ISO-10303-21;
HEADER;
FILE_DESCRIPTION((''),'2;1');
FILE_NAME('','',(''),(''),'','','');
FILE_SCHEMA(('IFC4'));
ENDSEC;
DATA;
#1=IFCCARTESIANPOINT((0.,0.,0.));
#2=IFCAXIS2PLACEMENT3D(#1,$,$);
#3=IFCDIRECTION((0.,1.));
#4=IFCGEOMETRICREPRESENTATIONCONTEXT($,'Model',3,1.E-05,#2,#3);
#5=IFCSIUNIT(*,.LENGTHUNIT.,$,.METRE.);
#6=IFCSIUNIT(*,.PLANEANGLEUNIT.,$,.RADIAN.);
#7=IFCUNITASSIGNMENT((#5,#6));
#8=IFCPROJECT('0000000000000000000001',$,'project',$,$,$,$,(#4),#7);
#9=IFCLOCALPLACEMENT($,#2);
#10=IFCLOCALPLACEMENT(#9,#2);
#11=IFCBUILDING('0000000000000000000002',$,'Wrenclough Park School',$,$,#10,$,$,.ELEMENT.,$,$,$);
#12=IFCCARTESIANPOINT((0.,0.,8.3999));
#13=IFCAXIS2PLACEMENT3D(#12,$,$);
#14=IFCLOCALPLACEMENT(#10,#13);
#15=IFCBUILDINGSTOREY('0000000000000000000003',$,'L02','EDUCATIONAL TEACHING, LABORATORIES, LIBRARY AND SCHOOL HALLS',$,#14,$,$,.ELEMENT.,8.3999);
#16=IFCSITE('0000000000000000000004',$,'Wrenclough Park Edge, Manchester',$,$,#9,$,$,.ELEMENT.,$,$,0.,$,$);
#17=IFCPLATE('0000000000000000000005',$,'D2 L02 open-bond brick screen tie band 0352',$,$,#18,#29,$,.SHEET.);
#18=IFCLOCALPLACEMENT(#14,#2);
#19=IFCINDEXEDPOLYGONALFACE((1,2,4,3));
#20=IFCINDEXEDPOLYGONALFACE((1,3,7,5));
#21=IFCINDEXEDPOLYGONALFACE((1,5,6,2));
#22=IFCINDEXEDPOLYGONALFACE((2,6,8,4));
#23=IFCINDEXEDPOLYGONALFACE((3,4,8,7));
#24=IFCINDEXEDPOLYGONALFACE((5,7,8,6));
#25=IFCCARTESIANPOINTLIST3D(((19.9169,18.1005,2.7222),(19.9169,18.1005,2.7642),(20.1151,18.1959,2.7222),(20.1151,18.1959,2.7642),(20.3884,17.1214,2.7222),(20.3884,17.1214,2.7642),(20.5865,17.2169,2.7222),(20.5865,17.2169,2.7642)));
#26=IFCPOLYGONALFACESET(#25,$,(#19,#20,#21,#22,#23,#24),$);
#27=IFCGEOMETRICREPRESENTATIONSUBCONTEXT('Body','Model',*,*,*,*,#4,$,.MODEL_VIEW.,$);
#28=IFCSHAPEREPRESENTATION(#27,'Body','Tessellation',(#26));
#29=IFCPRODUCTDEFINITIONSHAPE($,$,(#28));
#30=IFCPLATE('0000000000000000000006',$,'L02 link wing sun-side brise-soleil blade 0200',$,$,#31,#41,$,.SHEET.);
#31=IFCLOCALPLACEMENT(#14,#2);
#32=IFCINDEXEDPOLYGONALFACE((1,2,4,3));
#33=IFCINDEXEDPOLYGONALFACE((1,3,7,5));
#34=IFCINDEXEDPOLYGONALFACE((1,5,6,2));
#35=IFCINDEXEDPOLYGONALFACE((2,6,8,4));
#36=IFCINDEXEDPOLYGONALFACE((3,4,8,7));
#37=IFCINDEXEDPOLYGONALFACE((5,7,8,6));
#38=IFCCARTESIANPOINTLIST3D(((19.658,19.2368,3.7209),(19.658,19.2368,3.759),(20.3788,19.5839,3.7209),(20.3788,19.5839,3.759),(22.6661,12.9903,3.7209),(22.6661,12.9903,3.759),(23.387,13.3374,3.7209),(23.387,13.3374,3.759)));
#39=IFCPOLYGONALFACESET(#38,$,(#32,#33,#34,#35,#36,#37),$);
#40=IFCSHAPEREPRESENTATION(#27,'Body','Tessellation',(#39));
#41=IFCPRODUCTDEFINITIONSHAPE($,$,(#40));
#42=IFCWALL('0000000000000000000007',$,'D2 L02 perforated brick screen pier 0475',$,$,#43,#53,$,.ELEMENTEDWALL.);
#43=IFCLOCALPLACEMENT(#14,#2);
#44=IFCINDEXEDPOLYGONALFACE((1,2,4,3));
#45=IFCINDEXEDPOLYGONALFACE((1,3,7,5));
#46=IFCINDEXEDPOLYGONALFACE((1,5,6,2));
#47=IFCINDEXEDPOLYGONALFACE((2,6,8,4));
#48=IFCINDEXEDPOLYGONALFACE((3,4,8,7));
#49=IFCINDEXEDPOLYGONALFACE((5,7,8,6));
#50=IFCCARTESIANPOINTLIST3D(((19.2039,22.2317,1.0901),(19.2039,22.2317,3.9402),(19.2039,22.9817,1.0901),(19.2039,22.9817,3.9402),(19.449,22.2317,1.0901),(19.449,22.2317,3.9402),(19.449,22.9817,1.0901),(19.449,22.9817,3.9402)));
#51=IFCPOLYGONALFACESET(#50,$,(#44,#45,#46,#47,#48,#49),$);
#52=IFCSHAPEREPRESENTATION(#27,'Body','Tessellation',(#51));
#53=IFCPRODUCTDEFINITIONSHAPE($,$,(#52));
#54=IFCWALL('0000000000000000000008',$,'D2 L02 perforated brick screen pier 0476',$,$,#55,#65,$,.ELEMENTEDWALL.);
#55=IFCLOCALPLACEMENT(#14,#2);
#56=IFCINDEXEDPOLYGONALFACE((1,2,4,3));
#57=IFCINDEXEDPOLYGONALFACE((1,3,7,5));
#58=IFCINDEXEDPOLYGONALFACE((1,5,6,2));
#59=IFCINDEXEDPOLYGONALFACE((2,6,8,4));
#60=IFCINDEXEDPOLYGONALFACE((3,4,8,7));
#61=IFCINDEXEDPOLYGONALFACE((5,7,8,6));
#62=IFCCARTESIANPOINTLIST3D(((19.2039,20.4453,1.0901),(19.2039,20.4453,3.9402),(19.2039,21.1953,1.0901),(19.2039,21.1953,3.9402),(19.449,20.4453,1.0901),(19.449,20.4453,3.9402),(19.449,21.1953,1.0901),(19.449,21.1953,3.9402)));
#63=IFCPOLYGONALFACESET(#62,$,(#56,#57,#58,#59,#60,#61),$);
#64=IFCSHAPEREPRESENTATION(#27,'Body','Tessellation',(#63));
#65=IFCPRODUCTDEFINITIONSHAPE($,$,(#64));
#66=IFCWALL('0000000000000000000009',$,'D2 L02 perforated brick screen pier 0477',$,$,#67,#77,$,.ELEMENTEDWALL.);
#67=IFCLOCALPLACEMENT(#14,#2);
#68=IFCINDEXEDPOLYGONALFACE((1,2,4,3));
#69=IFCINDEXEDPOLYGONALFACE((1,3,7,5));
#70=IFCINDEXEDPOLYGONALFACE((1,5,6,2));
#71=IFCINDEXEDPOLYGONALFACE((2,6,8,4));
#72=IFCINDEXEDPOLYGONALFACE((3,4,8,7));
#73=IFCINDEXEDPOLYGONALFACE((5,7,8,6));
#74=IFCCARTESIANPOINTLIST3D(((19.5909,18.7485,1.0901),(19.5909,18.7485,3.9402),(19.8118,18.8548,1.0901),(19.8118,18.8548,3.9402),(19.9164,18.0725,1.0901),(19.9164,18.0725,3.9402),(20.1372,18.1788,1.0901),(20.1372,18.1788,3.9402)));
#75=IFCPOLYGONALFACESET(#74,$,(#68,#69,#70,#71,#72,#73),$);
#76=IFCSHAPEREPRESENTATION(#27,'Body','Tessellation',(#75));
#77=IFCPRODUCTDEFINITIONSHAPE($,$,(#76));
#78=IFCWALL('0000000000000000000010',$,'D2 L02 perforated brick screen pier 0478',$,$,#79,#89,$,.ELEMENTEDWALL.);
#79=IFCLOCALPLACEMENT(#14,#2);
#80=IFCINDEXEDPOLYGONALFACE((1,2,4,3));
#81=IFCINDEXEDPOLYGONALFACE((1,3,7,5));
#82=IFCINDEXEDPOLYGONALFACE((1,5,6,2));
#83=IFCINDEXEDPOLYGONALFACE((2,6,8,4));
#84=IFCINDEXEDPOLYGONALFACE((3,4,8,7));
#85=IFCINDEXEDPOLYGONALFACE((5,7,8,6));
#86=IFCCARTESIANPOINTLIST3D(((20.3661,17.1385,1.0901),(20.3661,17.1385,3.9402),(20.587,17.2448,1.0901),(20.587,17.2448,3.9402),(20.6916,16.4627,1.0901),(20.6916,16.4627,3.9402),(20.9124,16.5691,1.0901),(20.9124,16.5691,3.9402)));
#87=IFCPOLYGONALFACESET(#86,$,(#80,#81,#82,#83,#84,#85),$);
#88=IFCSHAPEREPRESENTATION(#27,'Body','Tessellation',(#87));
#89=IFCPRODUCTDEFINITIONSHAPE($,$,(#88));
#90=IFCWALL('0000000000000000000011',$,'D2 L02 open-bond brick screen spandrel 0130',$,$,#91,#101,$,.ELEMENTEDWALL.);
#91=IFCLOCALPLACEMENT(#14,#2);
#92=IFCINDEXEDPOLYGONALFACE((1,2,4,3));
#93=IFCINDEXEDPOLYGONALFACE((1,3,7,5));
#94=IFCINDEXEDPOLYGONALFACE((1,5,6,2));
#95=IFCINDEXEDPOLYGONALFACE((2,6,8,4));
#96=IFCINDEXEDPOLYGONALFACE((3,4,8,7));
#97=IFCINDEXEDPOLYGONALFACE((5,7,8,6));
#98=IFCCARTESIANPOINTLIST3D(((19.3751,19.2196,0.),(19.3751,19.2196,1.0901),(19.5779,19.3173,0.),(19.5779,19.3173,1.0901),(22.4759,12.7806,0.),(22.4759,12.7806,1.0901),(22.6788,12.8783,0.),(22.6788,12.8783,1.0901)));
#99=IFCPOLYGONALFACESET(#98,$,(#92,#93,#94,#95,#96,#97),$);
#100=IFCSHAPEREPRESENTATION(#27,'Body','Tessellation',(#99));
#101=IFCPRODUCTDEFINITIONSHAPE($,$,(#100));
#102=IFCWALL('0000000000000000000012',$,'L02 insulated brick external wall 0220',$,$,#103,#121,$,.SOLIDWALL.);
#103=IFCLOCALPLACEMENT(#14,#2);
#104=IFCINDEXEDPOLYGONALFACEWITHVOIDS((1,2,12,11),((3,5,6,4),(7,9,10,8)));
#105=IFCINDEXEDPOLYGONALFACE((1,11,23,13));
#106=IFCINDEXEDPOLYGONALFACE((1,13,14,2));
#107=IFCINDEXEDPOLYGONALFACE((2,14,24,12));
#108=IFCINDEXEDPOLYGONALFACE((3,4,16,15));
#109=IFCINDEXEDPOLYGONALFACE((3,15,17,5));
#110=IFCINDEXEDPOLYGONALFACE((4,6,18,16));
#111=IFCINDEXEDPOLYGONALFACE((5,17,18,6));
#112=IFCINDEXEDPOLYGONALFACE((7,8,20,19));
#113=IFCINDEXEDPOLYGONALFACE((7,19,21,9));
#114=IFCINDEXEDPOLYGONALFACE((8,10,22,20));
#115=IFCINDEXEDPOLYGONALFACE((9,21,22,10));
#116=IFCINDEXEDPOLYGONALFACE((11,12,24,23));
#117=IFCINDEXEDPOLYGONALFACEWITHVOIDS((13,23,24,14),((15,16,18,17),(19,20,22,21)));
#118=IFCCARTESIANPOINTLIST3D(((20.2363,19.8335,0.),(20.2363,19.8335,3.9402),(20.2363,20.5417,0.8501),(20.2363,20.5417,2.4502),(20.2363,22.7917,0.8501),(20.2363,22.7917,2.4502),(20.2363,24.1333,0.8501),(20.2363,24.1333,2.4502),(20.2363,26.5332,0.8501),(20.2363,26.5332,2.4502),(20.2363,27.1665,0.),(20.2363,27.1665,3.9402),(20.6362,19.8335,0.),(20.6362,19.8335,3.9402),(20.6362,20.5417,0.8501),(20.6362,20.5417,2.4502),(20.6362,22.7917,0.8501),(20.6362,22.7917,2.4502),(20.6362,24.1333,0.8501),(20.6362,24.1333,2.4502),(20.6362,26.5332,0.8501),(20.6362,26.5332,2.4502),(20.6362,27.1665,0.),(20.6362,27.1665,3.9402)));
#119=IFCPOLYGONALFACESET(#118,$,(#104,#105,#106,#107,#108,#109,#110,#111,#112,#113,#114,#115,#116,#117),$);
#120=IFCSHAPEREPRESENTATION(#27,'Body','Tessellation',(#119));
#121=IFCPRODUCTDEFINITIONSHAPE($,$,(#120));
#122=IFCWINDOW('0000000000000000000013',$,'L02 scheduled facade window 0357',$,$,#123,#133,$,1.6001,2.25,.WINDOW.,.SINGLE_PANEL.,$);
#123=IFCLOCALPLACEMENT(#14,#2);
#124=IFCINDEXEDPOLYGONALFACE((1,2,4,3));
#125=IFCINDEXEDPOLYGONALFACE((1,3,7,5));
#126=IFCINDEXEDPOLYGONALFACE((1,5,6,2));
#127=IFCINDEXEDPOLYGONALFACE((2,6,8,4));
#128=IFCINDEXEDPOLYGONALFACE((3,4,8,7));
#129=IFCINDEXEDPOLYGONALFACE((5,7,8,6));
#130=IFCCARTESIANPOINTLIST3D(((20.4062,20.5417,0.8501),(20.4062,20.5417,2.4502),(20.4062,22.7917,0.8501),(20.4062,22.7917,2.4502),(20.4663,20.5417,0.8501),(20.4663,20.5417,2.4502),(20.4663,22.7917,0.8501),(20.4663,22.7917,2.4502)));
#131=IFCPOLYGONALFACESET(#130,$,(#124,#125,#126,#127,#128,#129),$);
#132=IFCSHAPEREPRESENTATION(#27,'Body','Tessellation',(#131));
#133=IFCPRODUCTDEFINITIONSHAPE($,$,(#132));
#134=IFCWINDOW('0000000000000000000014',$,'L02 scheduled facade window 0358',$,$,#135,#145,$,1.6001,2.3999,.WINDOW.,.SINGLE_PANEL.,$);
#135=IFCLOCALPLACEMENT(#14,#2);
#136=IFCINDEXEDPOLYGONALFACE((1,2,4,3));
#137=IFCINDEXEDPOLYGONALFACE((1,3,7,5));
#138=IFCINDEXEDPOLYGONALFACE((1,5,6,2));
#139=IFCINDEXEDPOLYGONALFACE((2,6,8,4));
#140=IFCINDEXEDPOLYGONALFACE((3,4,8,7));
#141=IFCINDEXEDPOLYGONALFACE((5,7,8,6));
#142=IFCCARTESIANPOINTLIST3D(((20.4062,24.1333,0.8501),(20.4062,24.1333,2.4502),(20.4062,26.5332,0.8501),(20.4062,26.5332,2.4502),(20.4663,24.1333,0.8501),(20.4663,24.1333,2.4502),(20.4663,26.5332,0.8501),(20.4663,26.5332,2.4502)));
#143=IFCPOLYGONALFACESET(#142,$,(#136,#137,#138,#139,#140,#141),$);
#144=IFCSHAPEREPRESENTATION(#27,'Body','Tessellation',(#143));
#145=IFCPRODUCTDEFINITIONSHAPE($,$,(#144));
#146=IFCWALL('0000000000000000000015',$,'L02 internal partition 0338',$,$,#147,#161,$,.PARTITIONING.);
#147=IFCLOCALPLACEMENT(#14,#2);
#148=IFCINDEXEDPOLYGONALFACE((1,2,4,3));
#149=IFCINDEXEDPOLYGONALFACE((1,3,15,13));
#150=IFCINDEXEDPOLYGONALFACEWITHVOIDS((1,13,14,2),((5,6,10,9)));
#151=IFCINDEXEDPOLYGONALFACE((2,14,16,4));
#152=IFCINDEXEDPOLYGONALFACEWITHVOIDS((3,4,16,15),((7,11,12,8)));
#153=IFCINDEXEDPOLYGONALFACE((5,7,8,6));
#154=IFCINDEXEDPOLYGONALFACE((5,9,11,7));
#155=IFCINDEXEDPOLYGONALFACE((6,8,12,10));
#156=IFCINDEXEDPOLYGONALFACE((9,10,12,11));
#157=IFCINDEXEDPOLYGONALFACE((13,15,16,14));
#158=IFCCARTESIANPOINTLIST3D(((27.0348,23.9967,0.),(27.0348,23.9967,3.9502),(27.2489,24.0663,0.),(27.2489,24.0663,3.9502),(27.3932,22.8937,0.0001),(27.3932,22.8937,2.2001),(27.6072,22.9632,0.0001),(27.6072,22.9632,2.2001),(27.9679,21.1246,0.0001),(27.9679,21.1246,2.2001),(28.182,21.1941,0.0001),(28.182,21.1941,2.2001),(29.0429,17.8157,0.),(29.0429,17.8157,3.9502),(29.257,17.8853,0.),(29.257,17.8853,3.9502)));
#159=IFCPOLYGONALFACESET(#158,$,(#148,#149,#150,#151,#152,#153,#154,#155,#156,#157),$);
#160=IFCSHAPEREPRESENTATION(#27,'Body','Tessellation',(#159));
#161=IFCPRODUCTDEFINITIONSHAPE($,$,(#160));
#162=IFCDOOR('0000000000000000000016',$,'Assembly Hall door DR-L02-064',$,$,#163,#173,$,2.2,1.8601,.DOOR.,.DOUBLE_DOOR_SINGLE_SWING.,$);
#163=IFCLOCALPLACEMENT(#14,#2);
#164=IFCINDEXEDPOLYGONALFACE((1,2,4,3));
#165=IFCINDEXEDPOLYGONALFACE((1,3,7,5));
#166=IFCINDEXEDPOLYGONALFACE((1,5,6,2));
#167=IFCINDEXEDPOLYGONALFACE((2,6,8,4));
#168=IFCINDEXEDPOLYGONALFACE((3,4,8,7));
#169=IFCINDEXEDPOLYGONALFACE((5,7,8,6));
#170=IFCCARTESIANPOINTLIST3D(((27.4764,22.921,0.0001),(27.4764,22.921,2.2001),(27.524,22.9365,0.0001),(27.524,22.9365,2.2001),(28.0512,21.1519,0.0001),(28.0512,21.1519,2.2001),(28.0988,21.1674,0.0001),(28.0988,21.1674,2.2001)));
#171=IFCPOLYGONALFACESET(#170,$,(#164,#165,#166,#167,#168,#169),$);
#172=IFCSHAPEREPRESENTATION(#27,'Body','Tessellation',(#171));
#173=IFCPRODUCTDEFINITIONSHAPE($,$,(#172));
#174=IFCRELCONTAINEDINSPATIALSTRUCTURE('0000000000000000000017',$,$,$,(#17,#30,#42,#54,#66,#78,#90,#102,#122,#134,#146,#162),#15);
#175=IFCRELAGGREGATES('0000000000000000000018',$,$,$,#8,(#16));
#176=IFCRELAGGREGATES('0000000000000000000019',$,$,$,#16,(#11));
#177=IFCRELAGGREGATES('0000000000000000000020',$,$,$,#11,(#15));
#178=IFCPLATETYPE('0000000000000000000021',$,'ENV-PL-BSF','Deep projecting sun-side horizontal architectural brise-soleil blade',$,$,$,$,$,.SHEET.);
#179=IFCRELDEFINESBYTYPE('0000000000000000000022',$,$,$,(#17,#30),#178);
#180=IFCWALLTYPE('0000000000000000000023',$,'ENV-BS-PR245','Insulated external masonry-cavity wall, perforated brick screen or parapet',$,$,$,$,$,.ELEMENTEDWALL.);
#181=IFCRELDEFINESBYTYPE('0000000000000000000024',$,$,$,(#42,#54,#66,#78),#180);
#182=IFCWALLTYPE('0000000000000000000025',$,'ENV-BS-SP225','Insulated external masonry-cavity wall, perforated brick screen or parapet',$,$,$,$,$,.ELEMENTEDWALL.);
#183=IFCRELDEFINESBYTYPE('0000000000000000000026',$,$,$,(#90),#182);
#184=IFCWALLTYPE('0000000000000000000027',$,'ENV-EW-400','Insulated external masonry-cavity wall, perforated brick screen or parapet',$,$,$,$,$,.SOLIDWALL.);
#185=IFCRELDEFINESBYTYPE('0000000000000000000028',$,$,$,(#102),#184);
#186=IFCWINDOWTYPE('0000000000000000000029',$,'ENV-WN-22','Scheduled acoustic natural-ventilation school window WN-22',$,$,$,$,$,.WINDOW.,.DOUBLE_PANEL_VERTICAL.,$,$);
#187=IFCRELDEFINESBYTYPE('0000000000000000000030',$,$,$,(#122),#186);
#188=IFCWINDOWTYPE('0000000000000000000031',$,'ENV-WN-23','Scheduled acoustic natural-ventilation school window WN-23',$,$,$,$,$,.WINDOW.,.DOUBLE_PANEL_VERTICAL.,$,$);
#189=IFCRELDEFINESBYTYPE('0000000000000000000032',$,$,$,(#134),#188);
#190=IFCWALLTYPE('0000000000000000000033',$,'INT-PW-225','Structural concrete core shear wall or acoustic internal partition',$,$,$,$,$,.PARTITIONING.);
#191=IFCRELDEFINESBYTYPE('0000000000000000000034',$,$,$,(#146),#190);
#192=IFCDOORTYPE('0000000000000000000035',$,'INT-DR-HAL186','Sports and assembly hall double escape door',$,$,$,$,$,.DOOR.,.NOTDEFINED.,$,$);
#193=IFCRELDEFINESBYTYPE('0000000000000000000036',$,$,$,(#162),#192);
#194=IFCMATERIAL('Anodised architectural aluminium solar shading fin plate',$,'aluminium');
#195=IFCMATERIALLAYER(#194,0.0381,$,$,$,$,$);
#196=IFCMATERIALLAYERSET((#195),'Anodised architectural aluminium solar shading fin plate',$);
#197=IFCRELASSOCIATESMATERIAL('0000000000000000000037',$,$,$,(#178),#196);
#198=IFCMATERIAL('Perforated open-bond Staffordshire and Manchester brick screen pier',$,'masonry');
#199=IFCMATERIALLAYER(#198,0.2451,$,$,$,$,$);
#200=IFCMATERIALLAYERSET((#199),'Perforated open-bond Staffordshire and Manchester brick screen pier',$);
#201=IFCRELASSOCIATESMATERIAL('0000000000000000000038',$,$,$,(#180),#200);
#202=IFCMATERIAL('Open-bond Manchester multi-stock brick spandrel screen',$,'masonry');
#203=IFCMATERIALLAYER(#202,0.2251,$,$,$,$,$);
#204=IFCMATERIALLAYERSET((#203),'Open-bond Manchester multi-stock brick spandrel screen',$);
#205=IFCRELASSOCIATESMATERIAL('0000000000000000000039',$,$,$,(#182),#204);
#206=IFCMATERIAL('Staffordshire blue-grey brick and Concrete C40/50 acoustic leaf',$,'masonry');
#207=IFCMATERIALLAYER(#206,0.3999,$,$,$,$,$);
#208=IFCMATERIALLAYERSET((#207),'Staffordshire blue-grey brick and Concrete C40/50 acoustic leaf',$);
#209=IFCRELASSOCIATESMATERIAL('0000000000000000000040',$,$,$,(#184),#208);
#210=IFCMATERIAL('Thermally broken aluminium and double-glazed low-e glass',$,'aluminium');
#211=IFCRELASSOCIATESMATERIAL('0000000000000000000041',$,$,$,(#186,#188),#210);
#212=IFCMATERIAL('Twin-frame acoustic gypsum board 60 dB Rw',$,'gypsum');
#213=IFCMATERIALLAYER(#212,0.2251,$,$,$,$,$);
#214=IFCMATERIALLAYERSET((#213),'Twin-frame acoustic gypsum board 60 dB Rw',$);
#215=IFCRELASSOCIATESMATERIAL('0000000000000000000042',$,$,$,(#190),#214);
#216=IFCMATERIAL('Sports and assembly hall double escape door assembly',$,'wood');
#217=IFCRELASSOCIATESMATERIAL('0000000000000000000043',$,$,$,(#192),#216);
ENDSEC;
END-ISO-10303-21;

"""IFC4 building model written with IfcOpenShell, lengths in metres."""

from ifc_helpers import new_model, si_unit, direction, frame, frame_2d, origin, origin_2d, place, context, subcontext, project, spatial, rectangle, extrude, material, layer, layer_set, type_object, element, fill, save


model = new_model("IFC4")

# Units and contexts
model_context = context("Model", 3, precision=1e-05, world=origin(), true_north=direction((0.0, 1.0)))
body_context = subcontext(model_context, "Body", "Model", "MODEL_VIEW")
ifc_project = project(units=[si_unit("LENGTHUNIT", "METRE"), si_unit("PLANEANGLEUNIT", "RADIAN")], contexts=[model_context])

# Site, building, storey
site_placement = place(None, origin())
site = spatial("IfcSite", under=ifc_project, at=site_placement, Name="Wrenclough Park Edge, Manchester", CompositionType="ELEMENT", RefElevation=0.0)
building_placement = place(site_placement, origin())
building = spatial("IfcBuilding", under=site, at=building_placement, Name="Wrenclough Park School", CompositionType="ELEMENT")
storey_placement = place(building_placement, frame((0.0, 0.0, 8.3999)))
storey = spatial("IfcBuildingStorey", under=building, at=storey_placement, Name="L02", Description="EDUCATIONAL TEACHING, LABORATORIES, LIBRARY AND SCHOOL HALLS", CompositionType="ELEMENT", Elevation=8.3999)

# Plates
ifc_material_1 = material(Name="Anodised architectural aluminium solar shading fin plate", Category="aluminium")
ifc_layer_1 = layer(ifc_material_1, 0.0381)
ifc_layer_set_1 = layer_set([ifc_layer_1], Name="Anodised architectural aluminium solar shading fin plate")
plate_type = type_object("IfcPlateType", Name="ENV-PL-BSF", Description="Deep projecting sun-side horizontal architectural brise-soleil blade", PredefinedType="SHEET", material=ifc_layer_set_1)
plate_1_placement = place(storey_placement, frame((20.2517, 17.6587, 2.7222), z_axis=(0.0, 0.0, 1.0), x_axis=(0.433883, -0.900969, 0.0)))
element("IfcPlate", 1, at=plate_1_placement, inside=storey, type_object=plate_type, Name="D2 L02 open-bond brick screen tie band 0352", PredefinedType="SHEET", context=body_context, shape_type="SweptSolid", body=[
    extrude(rectangle(XDim=1.0867, YDim=0.22, at=origin_2d()), origin(), (0.0, 0.0, 1.0), 0.042),
])
plate_2_placement = place(storey_placement, frame((21.5225, 16.2871, 3.7209), z_axis=(0.0, 0.0, 1.0), x_axis=(-0.433887, 0.900967, 0.0)))
element("IfcPlate", 2, at=plate_2_placement, inside=storey, type_object=plate_type, Name="L02 link wing sun-side brise-soleil blade 0200", PredefinedType="SHEET", context=body_context, shape_type="SweptSolid", body=[
    extrude(rectangle(XDim=6.9331, YDim=0.8, at=origin_2d()), origin(), (0.0, 0.0, 1.0), 0.0381),
])

# Walls
ifc_material_2 = material(Name="Perforated open-bond Staffordshire and Manchester brick screen pier", Category="masonry")
ifc_layer_2 = layer(ifc_material_2, 0.2451)
ifc_layer_set_2 = layer_set([ifc_layer_2], Name="Perforated open-bond Staffordshire and Manchester brick screen pier")
wall_type_1 = type_object("IfcWallType", Name="ENV-BS-PR245", Description="Insulated external masonry-cavity wall, perforated brick screen or parapet", PredefinedType="ELEMENTEDWALL", material=ifc_layer_set_2)
for number, where, z_axis, x_axis, name in (
    (3, (19.3264, 22.9817, 1.0901), (0.0, 0.0, 1.0), (0.0, -1.0, 0.0), "D2 L02 perforated brick screen pier 0475"),
    (4, (19.3264, 21.1953, 1.0901), (0.0, 0.0, 1.0), (0.0, -1.0, 0.0), "D2 L02 perforated brick screen pier 0476"),
):
    element("IfcWall", number, at=place(storey_placement, frame(where, z_axis=z_axis, x_axis=x_axis)), inside=storey, type_object=wall_type_1, Name=name, PredefinedType="ELEMENTEDWALL", context=body_context, shape_type="SweptSolid", body=[
        extrude(rectangle(XDim=0.75, YDim=0.2451, at=frame_2d((0.375, 0.0))), origin(), (0.0, 0.0, 1.0), 2.8501),
    ])
wall_1_placement = place(storey_placement, frame((19.7014, 18.8015, 1.0901), z_axis=(0.0, 0.0, 1.0), x_axis=(0.433757, -0.90103, 0.0)))
element("IfcWall", 5, at=wall_1_placement, inside=storey, type_object=wall_type_1, Name="D2 L02 perforated brick screen pier 0477", PredefinedType="ELEMENTEDWALL", context=body_context, shape_type="SweptSolid", body=[
    extrude(rectangle(XDim=0.7502, YDim=0.2451, at=frame_2d((0.375, 0.0))), origin(), (0.0, 0.0, 1.0), 2.8501),
])
wall_2_placement = place(storey_placement, frame((20.4766, 17.1917, 1.0901), z_axis=(0.0, 0.0, 1.0), x_axis=(0.433884, -0.900969, 0.0)))
element("IfcWall", 6, at=wall_2_placement, inside=storey, type_object=wall_type_1, Name="D2 L02 perforated brick screen pier 0478", PredefinedType="ELEMENTEDWALL", context=body_context, shape_type="SweptSolid", body=[
    extrude(rectangle(XDim=0.75, YDim=0.2451, at=frame_2d((0.375, 0.0))), origin(), (0.0, 0.0, 1.0), 2.8501),
])
ifc_material_3 = material(Name="Open-bond Manchester multi-stock brick spandrel screen", Category="masonry")
ifc_layer_3 = layer(ifc_material_3, 0.2251)
ifc_layer_set_3 = layer_set([ifc_layer_3], Name="Open-bond Manchester multi-stock brick spandrel screen")
wall_type_2 = type_object("IfcWallType", Name="ENV-BS-SP225", Description="Insulated external masonry-cavity wall, perforated brick screen or parapet", PredefinedType="ELEMENTEDWALL", material=ifc_layer_set_3)
wall_3_placement = place(storey_placement, frame((19.4766, 19.2683, 0.0), z_axis=(0.0, 0.0, 1.0), x_axis=(0.433882, -0.90097, 0.0)))
element("IfcWall", 7, at=wall_3_placement, inside=storey, type_object=wall_type_2, Name="D2 L02 open-bond brick screen spandrel 0130", PredefinedType="ELEMENTEDWALL", context=body_context, shape_type="SweptSolid", body=[
    extrude(rectangle(XDim=7.1467, YDim=0.2251, at=frame_2d((3.5732, 0.0))), origin(), (0.0, 0.0, 1.0), 1.0901),
])

# Wall, openings, windows
ifc_material_4 = material(Name="Staffordshire blue-grey brick and Concrete C40/50 acoustic leaf", Category="masonry")
ifc_layer_4 = layer(ifc_material_4, 0.3999)
ifc_layer_set_4 = layer_set([ifc_layer_4], Name="Staffordshire blue-grey brick and Concrete C40/50 acoustic leaf")
wall_type_3 = type_object("IfcWallType", Name="ENV-EW-400", Description="Insulated external masonry-cavity wall, perforated brick screen or parapet", PredefinedType="SOLIDWALL", material=ifc_layer_set_4)
wall_4_placement = place(storey_placement, frame((20.4363, 19.8335, 0.0), z_axis=(0.0, 0.0, 1.0), x_axis=(0.0, 1.0, 0.0)))
wall_4 = element("IfcWall", 8, at=wall_4_placement, inside=storey, type_object=wall_type_3, Name="L02 insulated brick external wall 0220", PredefinedType="SOLIDWALL", context=body_context, shape_type="SweptSolid", body=[
    extrude(rectangle(XDim=7.333, YDim=0.3999, at=frame_2d((3.6665, 0.0))), origin(), (0.0, 0.0, 1.0), 3.9402),
])
opening_1_placement = place(wall_4_placement, frame((0.7083, 0.0, 0.8501)))
opening_1 = element("IfcOpeningElement", 9, at=opening_1_placement, cuts=wall_4, PredefinedType="OPENING", context=body_context, shape_type="SweptSolid", body=[
    extrude(rectangle(XDim=2.25, YDim=1.6001, at=frame_2d((1.125, 0.8))), frame((0.0, 0.21, 0.0), z_axis=(0.0, -1.0, 0.0), x_axis=(1.0, 0.0, 0.0)), (0.0, 0.0, 1.0), 0.4199),
])
opening_2_placement = place(wall_4_placement, frame((4.2998, 0.0, 0.8501)))
opening_2 = element("IfcOpeningElement", 10, at=opening_2_placement, cuts=wall_4, PredefinedType="OPENING", context=body_context, shape_type="SweptSolid", body=[
    extrude(rectangle(XDim=2.3999, YDim=1.6001, at=frame_2d((1.2, 0.8))), frame((0.0, 0.21, 0.0), z_axis=(0.0, -1.0, 0.0), x_axis=(1.0, 0.0, 0.0)), (0.0, 0.0, 1.0), 0.4199),
])
ifc_material_5 = material(Name="Thermally broken aluminium and double-glazed low-e glass", Category="aluminium")
window_type_1 = type_object("IfcWindowType", Name="ENV-WN-22", Description="Scheduled acoustic natural-ventilation school window WN-22", PartitioningType="DOUBLE_PANEL_VERTICAL", PredefinedType="WINDOW", material=ifc_material_5)
window_1_placement = place(opening_1_placement, origin())
window_1 = element("IfcWindow", 11, at=window_1_placement, inside=storey, type_object=window_type_1, Name="L02 scheduled facade window 0357", OverallHeight=1.6001, OverallWidth=2.25, PartitioningType="SINGLE_PANEL", PredefinedType="WINDOW", context=body_context, shape_type="SweptSolid", body=[
    extrude(rectangle(XDim=2.25, YDim=1.6001, at=frame_2d((1.125, 0.8))), frame((0.0, 0.03, 0.0), z_axis=(0.0, -1.0, 0.0), x_axis=(1.0, 0.0, 0.0)), (0.0, 0.0, 1.0), 0.0601),
])
fill(opening_1, window_1)
window_type_2 = type_object("IfcWindowType", Name="ENV-WN-23", Description="Scheduled acoustic natural-ventilation school window WN-23", PartitioningType="DOUBLE_PANEL_VERTICAL", PredefinedType="WINDOW", material=ifc_material_5)
window_2_placement = place(opening_2_placement, origin())
window_2 = element("IfcWindow", 12, at=window_2_placement, inside=storey, type_object=window_type_2, Name="L02 scheduled facade window 0358", OverallHeight=1.6001, OverallWidth=2.3999, PartitioningType="SINGLE_PANEL", PredefinedType="WINDOW", context=body_context, shape_type="SweptSolid", body=[
    extrude(rectangle(XDim=2.3999, YDim=1.6001, at=frame_2d((1.2, 0.8))), frame((0.0, 0.03, 0.0), z_axis=(0.0, -1.0, 0.0), x_axis=(1.0, 0.0, 0.0)), (0.0, 0.0, 1.0), 0.0601),
])
fill(opening_2, window_2)

# Wall, opening, door
ifc_material_6 = material(Name="Twin-frame acoustic gypsum board 60 dB Rw", Category="gypsum")
ifc_layer_5 = layer(ifc_material_6, 0.2251)
ifc_layer_set_5 = layer_set([ifc_layer_5], Name="Twin-frame acoustic gypsum board 60 dB Rw")
wall_type_4 = type_object("IfcWallType", Name="INT-PW-225", Description="Structural concrete core shear wall or acoustic internal partition", PredefinedType="PARTITIONING", material=ifc_layer_set_5)
wall_5_placement = place(storey_placement, frame((27.1418, 24.0315, 0.0), z_axis=(0.0, 0.0, 1.0), x_axis=(0.308983, -0.951067, 0.0)))
wall_5 = element("IfcWall", 13, at=wall_5_placement, inside=storey, type_object=wall_type_4, Name="L02 internal partition 0338", PredefinedType="PARTITIONING", context=body_context, shape_type="SweptSolid", body=[
    extrude(rectangle(XDim=6.499, YDim=0.2251, at=frame_2d((3.2495, 0.0))), origin(), (0.0, 0.0, 1.0), 3.9502),
])
opening_3_placement = place(wall_5_placement, frame((1.1597, 0.0, 0.0)))
opening_3 = element("IfcOpeningElement", 14, at=opening_3_placement, cuts=wall_5, PredefinedType="OPENING", context=body_context, shape_type="SweptSolid", body=[
    extrude(rectangle(XDim=1.8601, YDim=2.2, at=frame_2d((0.9302, 1.1001))), frame((0.0, 0.1226, 0.0), z_axis=(0.0, -1.0, 0.0), x_axis=(1.0, 0.0, 0.0)), (0.0, 0.0, 1.0), 0.2451),
])
ifc_material_7 = material(Name="Sports and assembly hall double escape door assembly", Category="wood")
door_type = type_object("IfcDoorType", Name="INT-DR-HAL186", Description="Sports and assembly hall double escape door", OperationType="NOTDEFINED", PredefinedType="DOOR", material=ifc_material_7)
door_placement = place(opening_3_placement, frame((1.8601, 0.0, 0.0), z_axis=(0.0, 0.0, 1.0), x_axis=(-1.0, 0.0, 0.0)))
door = element("IfcDoor", 15, at=door_placement, inside=storey, type_object=door_type, Name="Assembly Hall door DR-L02-064", OperationType="DOUBLE_DOOR_SINGLE_SWING", OverallHeight=2.2, OverallWidth=1.8601, PredefinedType="DOOR", context=body_context, shape_type="SweptSolid", body=[
    extrude(rectangle(XDim=1.8601, YDim=2.2, at=frame_2d((0.9302, 1.1001))), frame((0.0, 0.0249, 0.0), z_axis=(0.0, -1.0, 0.0), x_axis=(1.0, 0.0, 0.0)), (0.0, 0.0, 1.0), 0.05),
])
fill(opening_3, door)

save(model, "model.ifc")
